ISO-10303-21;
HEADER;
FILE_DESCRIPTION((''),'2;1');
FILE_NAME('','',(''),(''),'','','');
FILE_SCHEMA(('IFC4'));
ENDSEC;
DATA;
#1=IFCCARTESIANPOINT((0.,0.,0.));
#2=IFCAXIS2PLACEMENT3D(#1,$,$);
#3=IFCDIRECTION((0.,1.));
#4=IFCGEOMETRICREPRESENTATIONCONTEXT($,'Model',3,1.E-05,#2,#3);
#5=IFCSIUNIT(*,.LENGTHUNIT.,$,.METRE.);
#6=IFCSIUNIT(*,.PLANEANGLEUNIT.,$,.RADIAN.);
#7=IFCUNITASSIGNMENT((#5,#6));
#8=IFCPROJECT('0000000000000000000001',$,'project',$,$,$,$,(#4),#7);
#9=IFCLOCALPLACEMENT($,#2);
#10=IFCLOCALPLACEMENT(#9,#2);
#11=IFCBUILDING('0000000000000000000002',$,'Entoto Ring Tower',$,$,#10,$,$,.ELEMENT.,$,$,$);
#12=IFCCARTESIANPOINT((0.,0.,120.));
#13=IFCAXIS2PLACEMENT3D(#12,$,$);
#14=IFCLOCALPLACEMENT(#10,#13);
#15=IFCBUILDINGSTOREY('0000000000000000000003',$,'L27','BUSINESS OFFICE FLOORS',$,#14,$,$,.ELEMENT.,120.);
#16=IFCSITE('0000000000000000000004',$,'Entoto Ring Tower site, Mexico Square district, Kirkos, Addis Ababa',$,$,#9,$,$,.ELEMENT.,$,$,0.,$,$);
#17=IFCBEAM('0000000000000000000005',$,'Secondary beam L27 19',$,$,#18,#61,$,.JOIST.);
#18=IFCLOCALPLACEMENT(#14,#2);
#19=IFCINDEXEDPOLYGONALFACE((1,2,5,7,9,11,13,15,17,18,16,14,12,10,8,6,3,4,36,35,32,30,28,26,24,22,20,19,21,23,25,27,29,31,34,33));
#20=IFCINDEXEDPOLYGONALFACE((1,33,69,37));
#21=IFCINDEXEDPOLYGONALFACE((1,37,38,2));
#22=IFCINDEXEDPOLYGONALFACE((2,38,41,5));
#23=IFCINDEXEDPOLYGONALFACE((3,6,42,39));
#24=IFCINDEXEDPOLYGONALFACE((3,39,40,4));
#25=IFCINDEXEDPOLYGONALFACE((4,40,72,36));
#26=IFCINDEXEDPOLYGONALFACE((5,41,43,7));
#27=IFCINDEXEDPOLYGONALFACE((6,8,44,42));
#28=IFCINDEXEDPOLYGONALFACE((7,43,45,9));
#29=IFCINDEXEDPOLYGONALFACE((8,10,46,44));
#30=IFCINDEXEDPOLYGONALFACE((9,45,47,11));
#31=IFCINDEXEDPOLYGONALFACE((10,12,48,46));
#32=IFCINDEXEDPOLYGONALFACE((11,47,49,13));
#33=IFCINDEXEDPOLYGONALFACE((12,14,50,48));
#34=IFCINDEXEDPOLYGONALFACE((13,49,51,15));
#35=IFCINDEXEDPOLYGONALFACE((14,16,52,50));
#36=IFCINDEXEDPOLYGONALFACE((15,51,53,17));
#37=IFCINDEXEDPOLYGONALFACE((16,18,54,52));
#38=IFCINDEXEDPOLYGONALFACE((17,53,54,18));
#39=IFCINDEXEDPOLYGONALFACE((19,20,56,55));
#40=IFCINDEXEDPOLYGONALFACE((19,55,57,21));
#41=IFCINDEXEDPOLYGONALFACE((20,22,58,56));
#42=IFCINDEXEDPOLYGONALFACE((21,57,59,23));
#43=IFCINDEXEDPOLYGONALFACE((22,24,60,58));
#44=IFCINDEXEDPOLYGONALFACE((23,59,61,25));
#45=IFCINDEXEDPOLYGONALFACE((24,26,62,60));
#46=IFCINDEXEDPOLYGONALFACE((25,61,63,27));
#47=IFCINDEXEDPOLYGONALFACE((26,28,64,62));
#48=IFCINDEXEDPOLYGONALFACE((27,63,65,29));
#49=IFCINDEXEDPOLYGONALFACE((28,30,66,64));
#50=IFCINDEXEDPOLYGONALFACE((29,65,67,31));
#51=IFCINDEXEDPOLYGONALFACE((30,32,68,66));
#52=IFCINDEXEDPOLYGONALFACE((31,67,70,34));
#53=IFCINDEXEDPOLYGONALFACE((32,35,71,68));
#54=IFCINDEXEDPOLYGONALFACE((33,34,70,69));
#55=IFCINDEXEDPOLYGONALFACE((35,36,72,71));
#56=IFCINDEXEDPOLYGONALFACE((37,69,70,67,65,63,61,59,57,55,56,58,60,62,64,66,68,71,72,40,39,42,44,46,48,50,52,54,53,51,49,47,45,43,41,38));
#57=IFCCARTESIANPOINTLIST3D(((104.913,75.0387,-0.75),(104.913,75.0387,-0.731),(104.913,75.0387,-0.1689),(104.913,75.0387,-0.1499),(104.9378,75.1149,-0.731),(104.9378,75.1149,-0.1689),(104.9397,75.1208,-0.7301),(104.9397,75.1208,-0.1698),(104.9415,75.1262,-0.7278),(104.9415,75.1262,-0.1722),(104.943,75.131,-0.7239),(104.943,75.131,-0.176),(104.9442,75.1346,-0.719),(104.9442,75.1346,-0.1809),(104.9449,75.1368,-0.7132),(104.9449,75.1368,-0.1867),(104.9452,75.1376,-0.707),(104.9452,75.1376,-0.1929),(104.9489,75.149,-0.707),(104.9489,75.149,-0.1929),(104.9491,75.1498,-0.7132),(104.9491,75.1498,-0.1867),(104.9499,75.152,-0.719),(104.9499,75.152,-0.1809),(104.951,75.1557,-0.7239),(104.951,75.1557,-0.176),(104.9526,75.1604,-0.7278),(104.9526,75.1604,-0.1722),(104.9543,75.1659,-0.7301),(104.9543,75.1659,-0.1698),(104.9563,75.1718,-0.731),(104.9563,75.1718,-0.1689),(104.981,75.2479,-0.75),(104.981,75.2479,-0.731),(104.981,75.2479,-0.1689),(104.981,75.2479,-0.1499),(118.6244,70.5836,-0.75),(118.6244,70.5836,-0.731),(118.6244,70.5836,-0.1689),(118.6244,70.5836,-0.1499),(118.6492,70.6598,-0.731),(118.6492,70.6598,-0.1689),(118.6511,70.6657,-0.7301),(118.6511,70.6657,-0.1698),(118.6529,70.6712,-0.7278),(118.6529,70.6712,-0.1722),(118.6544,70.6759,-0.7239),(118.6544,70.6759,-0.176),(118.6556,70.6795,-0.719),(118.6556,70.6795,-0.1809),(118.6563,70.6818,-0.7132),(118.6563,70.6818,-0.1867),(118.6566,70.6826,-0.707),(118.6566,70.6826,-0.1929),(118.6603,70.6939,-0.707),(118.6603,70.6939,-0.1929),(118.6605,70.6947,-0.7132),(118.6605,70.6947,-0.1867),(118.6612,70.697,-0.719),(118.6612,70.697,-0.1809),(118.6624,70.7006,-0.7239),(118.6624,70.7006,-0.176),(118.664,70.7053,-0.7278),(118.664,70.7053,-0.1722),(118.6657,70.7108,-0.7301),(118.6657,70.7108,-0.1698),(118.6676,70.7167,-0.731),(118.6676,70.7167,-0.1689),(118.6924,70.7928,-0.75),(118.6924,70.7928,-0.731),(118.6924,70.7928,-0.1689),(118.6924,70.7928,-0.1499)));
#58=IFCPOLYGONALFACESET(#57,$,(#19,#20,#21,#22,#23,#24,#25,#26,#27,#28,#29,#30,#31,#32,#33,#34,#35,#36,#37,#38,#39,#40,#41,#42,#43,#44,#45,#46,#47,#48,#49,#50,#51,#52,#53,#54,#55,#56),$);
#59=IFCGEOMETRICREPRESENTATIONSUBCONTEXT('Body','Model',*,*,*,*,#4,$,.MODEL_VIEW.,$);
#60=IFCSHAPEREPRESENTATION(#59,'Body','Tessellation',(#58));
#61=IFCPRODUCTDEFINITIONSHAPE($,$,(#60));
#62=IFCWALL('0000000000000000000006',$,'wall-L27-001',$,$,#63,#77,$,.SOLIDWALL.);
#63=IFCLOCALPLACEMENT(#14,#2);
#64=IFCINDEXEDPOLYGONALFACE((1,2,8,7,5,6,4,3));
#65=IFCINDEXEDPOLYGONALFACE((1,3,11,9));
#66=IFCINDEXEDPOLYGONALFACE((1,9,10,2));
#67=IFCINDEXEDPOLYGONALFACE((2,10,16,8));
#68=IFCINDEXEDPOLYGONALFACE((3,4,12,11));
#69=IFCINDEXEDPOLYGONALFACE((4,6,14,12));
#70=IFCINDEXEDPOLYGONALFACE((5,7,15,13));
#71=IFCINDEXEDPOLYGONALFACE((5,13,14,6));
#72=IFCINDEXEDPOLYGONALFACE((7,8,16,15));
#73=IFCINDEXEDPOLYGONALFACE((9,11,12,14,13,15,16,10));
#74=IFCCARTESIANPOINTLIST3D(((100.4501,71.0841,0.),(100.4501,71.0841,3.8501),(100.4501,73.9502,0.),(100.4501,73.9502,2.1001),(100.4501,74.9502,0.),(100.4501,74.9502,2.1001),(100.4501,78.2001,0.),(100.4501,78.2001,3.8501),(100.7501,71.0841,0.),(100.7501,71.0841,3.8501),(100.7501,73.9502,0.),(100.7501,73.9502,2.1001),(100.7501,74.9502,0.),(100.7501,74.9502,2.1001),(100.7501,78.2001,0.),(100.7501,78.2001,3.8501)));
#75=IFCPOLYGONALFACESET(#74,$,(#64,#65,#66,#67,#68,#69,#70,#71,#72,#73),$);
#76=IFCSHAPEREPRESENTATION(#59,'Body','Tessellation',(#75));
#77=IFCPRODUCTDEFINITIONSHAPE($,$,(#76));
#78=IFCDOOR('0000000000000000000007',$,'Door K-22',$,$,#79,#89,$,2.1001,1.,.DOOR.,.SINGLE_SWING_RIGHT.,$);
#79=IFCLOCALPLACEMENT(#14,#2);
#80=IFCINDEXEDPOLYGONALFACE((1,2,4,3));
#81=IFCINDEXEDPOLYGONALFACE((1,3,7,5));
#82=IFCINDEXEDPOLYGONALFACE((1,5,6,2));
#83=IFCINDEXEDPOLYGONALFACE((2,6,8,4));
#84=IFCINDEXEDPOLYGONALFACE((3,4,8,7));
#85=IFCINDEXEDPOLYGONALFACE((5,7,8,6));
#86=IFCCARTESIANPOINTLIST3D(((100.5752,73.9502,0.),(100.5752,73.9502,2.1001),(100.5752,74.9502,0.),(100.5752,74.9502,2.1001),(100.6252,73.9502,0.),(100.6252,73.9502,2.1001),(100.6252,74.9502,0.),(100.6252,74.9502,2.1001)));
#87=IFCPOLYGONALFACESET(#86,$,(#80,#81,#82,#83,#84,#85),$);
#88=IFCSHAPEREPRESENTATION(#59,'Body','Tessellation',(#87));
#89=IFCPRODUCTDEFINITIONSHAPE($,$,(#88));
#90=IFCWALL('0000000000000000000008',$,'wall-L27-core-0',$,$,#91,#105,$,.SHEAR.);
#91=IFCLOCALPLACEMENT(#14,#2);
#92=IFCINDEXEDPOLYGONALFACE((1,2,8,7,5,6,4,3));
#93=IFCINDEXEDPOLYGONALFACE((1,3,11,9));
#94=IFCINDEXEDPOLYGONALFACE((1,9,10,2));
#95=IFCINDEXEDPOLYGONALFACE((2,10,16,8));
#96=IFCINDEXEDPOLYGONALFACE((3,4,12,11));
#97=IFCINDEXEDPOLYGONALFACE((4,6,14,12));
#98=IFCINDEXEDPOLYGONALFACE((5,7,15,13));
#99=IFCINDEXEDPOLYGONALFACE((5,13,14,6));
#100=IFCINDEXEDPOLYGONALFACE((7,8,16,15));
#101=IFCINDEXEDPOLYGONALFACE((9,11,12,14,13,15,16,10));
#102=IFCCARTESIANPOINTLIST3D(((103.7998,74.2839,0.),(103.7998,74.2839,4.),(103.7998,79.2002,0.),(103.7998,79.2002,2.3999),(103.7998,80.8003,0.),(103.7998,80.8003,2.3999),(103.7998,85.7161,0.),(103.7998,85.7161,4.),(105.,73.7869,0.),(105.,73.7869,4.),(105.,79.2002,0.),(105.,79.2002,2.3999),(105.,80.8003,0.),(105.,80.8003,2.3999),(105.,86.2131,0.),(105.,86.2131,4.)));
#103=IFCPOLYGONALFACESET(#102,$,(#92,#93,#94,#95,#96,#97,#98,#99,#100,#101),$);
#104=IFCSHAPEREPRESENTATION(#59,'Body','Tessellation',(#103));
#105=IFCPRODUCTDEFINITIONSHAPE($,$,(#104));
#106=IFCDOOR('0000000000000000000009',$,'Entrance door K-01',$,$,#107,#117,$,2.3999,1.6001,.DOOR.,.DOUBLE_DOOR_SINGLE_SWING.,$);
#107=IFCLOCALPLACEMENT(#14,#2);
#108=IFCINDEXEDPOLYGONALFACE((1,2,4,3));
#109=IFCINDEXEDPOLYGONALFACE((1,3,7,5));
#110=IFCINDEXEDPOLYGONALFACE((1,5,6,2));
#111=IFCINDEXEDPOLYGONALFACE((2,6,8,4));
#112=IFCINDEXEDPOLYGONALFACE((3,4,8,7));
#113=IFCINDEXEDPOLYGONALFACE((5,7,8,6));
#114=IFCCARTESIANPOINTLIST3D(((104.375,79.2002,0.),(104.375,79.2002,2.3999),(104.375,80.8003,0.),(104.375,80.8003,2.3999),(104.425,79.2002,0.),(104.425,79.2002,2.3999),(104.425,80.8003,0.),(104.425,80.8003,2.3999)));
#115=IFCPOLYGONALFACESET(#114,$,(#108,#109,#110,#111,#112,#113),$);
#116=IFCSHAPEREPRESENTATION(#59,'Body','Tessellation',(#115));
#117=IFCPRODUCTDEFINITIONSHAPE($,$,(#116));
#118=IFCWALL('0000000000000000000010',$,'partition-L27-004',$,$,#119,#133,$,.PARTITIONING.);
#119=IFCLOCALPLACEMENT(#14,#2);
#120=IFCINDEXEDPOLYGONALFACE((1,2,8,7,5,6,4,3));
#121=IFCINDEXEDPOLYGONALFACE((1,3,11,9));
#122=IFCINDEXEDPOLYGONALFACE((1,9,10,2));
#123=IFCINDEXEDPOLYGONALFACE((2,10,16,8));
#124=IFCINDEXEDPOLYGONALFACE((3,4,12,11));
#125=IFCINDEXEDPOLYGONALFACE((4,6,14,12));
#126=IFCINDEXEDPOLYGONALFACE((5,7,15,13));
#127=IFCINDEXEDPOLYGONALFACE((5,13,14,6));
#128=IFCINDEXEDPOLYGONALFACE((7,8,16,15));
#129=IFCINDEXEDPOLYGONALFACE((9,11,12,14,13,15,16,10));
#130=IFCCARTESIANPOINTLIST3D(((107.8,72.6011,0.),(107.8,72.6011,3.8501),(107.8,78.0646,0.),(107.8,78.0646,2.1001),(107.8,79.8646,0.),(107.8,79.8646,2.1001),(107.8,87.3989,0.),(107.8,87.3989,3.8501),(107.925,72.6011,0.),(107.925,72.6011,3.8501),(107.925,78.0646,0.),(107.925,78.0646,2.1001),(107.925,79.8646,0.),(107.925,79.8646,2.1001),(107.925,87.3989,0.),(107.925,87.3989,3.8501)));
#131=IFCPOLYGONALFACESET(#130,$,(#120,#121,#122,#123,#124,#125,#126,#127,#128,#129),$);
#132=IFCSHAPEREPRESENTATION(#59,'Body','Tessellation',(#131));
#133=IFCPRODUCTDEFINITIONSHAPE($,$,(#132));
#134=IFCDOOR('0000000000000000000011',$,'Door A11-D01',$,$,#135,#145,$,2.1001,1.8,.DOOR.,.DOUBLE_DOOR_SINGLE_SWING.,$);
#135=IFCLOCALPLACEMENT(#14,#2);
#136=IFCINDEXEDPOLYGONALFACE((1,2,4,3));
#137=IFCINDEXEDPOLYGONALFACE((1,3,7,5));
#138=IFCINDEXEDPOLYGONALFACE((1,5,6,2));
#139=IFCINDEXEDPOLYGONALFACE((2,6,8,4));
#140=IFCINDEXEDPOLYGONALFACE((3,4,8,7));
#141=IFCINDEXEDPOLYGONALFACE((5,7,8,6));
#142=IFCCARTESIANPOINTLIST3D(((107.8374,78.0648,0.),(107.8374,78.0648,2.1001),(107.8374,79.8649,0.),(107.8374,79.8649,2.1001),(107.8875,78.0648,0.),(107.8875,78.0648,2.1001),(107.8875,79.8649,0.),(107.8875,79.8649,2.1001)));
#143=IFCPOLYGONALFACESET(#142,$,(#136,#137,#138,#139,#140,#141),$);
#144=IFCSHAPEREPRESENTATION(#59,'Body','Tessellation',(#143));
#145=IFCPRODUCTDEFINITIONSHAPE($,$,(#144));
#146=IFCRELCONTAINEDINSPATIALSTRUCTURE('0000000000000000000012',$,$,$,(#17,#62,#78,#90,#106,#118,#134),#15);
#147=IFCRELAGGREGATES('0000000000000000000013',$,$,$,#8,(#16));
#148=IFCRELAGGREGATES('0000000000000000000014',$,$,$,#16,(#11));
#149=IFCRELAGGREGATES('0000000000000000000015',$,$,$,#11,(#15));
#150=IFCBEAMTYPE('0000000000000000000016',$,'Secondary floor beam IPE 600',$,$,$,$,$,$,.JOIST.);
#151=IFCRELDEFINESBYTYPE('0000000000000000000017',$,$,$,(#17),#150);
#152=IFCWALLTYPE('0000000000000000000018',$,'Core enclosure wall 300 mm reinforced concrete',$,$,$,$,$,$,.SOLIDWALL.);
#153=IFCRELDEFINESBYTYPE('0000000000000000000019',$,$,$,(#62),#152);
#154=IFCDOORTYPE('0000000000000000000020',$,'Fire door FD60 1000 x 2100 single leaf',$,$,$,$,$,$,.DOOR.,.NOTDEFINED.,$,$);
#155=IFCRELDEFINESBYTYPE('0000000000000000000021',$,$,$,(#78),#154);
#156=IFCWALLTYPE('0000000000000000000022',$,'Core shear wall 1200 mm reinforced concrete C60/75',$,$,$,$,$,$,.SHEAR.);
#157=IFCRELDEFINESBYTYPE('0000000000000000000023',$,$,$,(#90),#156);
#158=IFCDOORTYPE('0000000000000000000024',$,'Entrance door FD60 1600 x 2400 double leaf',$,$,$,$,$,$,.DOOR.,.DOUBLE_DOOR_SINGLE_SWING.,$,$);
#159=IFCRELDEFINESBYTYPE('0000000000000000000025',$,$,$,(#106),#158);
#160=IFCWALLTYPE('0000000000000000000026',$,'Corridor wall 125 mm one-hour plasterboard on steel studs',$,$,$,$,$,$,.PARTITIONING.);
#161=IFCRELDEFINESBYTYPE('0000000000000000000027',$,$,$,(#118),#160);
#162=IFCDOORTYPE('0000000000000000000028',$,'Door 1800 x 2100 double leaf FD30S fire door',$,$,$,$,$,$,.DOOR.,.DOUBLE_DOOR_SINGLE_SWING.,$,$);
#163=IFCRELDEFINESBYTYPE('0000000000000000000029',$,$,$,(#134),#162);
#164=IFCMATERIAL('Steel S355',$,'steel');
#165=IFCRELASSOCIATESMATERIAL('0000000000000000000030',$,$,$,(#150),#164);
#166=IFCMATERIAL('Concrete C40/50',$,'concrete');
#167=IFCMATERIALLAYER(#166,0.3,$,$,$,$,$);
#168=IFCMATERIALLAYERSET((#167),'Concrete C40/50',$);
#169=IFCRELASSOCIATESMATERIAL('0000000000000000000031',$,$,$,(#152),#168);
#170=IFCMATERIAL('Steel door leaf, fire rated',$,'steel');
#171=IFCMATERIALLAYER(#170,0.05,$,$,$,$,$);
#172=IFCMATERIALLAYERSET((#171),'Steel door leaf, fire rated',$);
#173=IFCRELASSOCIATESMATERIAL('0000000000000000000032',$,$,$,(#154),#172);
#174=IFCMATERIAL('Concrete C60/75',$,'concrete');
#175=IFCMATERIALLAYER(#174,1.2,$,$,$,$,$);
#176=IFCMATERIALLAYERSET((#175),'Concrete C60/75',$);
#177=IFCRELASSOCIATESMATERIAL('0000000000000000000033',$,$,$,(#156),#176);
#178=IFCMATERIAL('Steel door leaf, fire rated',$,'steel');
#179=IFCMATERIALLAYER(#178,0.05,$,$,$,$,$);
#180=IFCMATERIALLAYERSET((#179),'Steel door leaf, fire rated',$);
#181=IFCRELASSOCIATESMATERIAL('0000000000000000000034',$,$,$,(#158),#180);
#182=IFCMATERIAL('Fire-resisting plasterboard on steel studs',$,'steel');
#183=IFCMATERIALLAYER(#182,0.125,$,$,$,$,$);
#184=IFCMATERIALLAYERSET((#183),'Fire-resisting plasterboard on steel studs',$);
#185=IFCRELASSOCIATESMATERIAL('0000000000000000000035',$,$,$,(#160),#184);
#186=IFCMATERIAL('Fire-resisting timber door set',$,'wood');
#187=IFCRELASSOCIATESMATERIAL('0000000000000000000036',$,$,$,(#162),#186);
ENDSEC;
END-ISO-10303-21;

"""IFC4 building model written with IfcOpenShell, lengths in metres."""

from ifc_helpers import new_model, si_unit, direction, frame, frame_2d, origin, origin_2d, place, context, subcontext, project, spatial, polyline, rectangle, i_section, outline, extrude, material, layer, layer_set, material_profile, profile_set, type_object, element, fill, save


model = new_model("IFC4")

# Units and contexts
model_context = context("Model", 3, precision=1e-05, world=origin(), true_north=direction((0.0, 1.0)))
body_context = subcontext(model_context, "Body", "Model", "MODEL_VIEW")
ifc_project = project(units=[si_unit("LENGTHUNIT", "METRE"), si_unit("PLANEANGLEUNIT", "RADIAN")], contexts=[model_context])

# Site, building, storey
site_placement = place(None, origin())
site = spatial("IfcSite", under=ifc_project, at=site_placement, Name="Entoto Ring Tower site, Mexico Square district, Kirkos, Addis Ababa", CompositionType="ELEMENT", RefElevation=0.0)
building_placement = place(site_placement, origin())
building = spatial("IfcBuilding", under=site, at=building_placement, Name="Entoto Ring Tower", CompositionType="ELEMENT")
storey_placement = place(building_placement, frame((0.0, 0.0, 120.0)))
storey = spatial("IfcBuildingStorey", under=building, at=storey_placement, Name="L27", Description="BUSINESS OFFICE FLOORS", CompositionType="ELEMENT", Elevation=120.0)

# Beam
ifc_material_1 = material(Name="Steel S355", Category="steel")
ifc_material_profile_1 = material_profile(ifc_material_1, i_section(OverallWidth=0.22, OverallDepth=0.6001, WebThickness=0.012, FlangeThickness=0.019, FilletRadius=0.0239, at=origin_2d()), Name="IPE 600")
ifc_profile_set_1 = profile_set([ifc_material_profile_1], Name="Steel S355")
beam_type_1 = type_object("IfcBeamType", Name="Secondary floor beam IPE 600", PredefinedType="JOIST", material=ifc_profile_set_1)
beam_1_placement = place(storey_placement, frame((104.947, 75.1433, -0.45), z_axis=(0.951057, -0.309015, 0.0), x_axis=(0.309015, 0.951057, 0.0)))
element("IfcBeam", 1, at=beam_1_placement, inside=storey, type_object=beam_type_1, Name="Secondary beam L27 19", PredefinedType="JOIST", context=body_context, shape_type="SweptSolid", body=[
    extrude(i_section(OverallWidth=0.22, OverallDepth=0.6001, WebThickness=0.012, FlangeThickness=0.019, FilletRadius=0.0239, at=origin_2d()), origin(), (0.0, 0.0, 1.0), 14.417),
])

# Walls, openings, doors
ifc_material_2 = material(Name="Concrete C40/50", Category="concrete")
ifc_layer_1 = layer(ifc_material_2, 0.3)
ifc_layer_set_1 = layer_set([ifc_layer_1], Name="Concrete C40/50")
wall_type_1 = type_object("IfcWallType", Name="Core enclosure wall 300 mm reinforced concrete", PredefinedType="SOLIDWALL", material=ifc_layer_set_1)
wall_1_placement = place(storey_placement, frame((100.6001, 71.084, 0.0), z_axis=(0.0, 0.0, 1.0), x_axis=(0.0, 1.0, 0.0)))
wall_1 = element("IfcWall", 2, at=wall_1_placement, inside=storey, type_object=wall_type_1, Name="wall-L27-001", PredefinedType="SOLIDWALL", context=body_context, shape_type="SweptSolid", body=[
    extrude(rectangle(XDim=7.116, YDim=0.3, at=frame_2d((3.5581, 0.0))), origin(), (0.0, 0.0, 1.0), 3.8501),
])
opening_1_placement = place(wall_1_placement, frame((2.8662, 0.0, 0.0)))
opening_1 = element("IfcOpeningElement", 3, at=opening_1_placement, cuts=wall_1, PredefinedType="OPENING", context=body_context, shape_type="SweptSolid", body=[
    extrude(rectangle(XDim=1.0, YDim=2.1001, at=frame_2d((0.5, 1.05))), frame((0.0, 0.1602, 0.0), z_axis=(0.0, -1.0, 0.0), x_axis=(1.0, 0.0, 0.0)), (0.0, 0.0, 1.0), 0.3201),
])
ifc_material_3 = material(Name="Steel door leaf, fire rated", Category="steel")
ifc_layer_2 = layer(ifc_material_3, 0.05)
ifc_layer_set_2 = layer_set([ifc_layer_2], Name="Steel door leaf, fire rated")
door_type_1 = type_object("IfcDoorType", Name="Fire door FD60 1000 x 2100 single leaf", OperationType="NOTDEFINED", PredefinedType="DOOR", material=ifc_layer_set_2)
door_1_placement = place(opening_1_placement, origin())
door_1 = element("IfcDoor", 4, at=door_1_placement, inside=storey, type_object=door_type_1, Name="Door K-22", OperationType="SINGLE_SWING_RIGHT", OverallHeight=2.1001, OverallWidth=1.0, PredefinedType="DOOR", context=body_context, shape_type="SweptSolid", body=[
    extrude(rectangle(XDim=1.0, YDim=2.1001, at=frame_2d((0.5, 1.05))), frame((0.0, 0.0249, 0.0), z_axis=(0.0, -1.0, 0.0), x_axis=(1.0, 0.0, 0.0)), (0.0, 0.0, 1.0), 0.05),
])
fill(opening_1, door_1)
ifc_material_4 = material(Name="Concrete C60/75", Category="concrete")
ifc_layer_3 = layer(ifc_material_4, 1.2)
ifc_layer_set_3 = layer_set([ifc_layer_3], Name="Concrete C60/75")
wall_type_2 = type_object("IfcWallType", Name="Core shear wall 1200 mm reinforced concrete C60/75", PredefinedType="SHEAR", material=ifc_layer_set_3)
wall_2_placement = place(storey_placement, frame((104.3999, 74.0354, 0.0), z_axis=(0.0, 0.0, 1.0), x_axis=(0.0, 1.0, 0.0)))
wall_2 = element("IfcWall", 5, at=wall_2_placement, inside=storey, type_object=wall_type_2, Name="wall-L27-core-0", PredefinedType="SHEAR", context=body_context, shape_type="SweptSolid", body=[
    extrude(outline(polyline([(-0.2485, -0.6001), (12.1777, -0.6001), (11.6807, 0.6001), (0.2485, 0.6001), (-0.2485, -0.6001)])), origin(), (0.0, 0.0, 1.0), 4.0),
])
opening_2_placement = place(wall_2_placement, frame((5.1648, 0.0, 0.0)))
opening_2 = element("IfcOpeningElement", 6, at=opening_2_placement, cuts=wall_2, PredefinedType="OPENING", context=body_context, shape_type="SweptSolid", body=[
    extrude(rectangle(XDim=1.6001, YDim=2.3999, at=frame_2d((0.8, 1.2))), frame((0.0, 0.6099, 0.0), z_axis=(0.0, -1.0, 0.0), x_axis=(1.0, 0.0, 0.0)), (0.0, 0.0, 1.0), 1.22),
])
ifc_material_5 = material(Name="Steel door leaf, fire rated", Category="steel")
ifc_layer_4 = layer(ifc_material_5, 0.05)
ifc_layer_set_4 = layer_set([ifc_layer_4], Name="Steel door leaf, fire rated")
door_type_2 = type_object("IfcDoorType", Name="Entrance door FD60 1600 x 2400 double leaf", OperationType="DOUBLE_DOOR_SINGLE_SWING", PredefinedType="DOOR", material=ifc_layer_set_4)
door_2_placement = place(opening_2_placement, origin())
door_2 = element("IfcDoor", 7, at=door_2_placement, inside=storey, type_object=door_type_2, Name="Entrance door K-01", OperationType="DOUBLE_DOOR_SINGLE_SWING", OverallHeight=2.3999, OverallWidth=1.6001, PredefinedType="DOOR", context=body_context, shape_type="SweptSolid", body=[
    extrude(rectangle(XDim=1.6001, YDim=2.3999, at=frame_2d((0.8, 1.2))), frame((0.0, 0.0249, 0.0), z_axis=(0.0, -1.0, 0.0), x_axis=(1.0, 0.0, 0.0)), (0.0, 0.0, 1.0), 0.05),
])
fill(opening_2, door_2)
ifc_material_6 = material(Name="Fire-resisting plasterboard on steel studs", Category="steel")
ifc_layer_5 = layer(ifc_material_6, 0.125)
ifc_layer_set_5 = layer_set([ifc_layer_5], Name="Fire-resisting plasterboard on steel studs")
wall_type_3 = type_object("IfcWallType", Name="Corridor wall 125 mm one-hour plasterboard on steel studs", PredefinedType="PARTITIONING", material=ifc_layer_set_5)
wall_3_placement = place(storey_placement, frame((107.8625, 72.6011, 0.0), z_axis=(0.0, 0.0, 1.0), x_axis=(0.0, 1.0, 0.0)))
wall_3 = element("IfcWall", 8, at=wall_3_placement, inside=storey, type_object=wall_type_3, Name="partition-L27-004", PredefinedType="PARTITIONING", context=body_context, shape_type="SweptSolid", body=[
    extrude(rectangle(XDim=14.7979, YDim=0.125, at=frame_2d((7.3989, 0.0))), origin(), (0.0, 0.0, 1.0), 3.8501),
])
opening_3_placement = place(wall_3_placement, frame((5.4636, 0.0, 0.0)))
opening_3 = element("IfcOpeningElement", 9, at=opening_3_placement, cuts=wall_3, PredefinedType="OPENING", context=body_context, shape_type="SweptSolid", body=[
    extrude(rectangle(XDim=1.8, YDim=2.1001, at=frame_2d((0.8999, 1.05))), frame((0.0, 0.0725, 0.0), z_axis=(0.0, -1.0, 0.0), x_axis=(1.0, 0.0, 0.0)), (0.0, 0.0, 1.0), 0.145),
])
ifc_material_7 = material(Name="Fire-resisting timber door set", Category="wood")
door_type_3 = type_object("IfcDoorType", Name="Door 1800 x 2100 double leaf FD30S fire door", OperationType="DOUBLE_DOOR_SINGLE_SWING", PredefinedType="DOOR", material=ifc_material_7)
door_3_placement = place(opening_3_placement, frame((1.8, 0.0, 0.0), z_axis=(0.0, 0.0, 1.0), x_axis=(-1.0, 0.0, 0.0)))
door_3 = element("IfcDoor", 10, at=door_3_placement, inside=storey, type_object=door_type_3, Name="Door A11-D01", OperationType="DOUBLE_DOOR_SINGLE_SWING", OverallHeight=2.1001, OverallWidth=1.8, PredefinedType="DOOR", context=body_context, shape_type="SweptSolid", body=[
    extrude(rectangle(XDim=1.8, YDim=2.1001, at=frame_2d((0.8999, 1.05))), frame((0.0, 0.0249, 0.0), z_axis=(0.0, -1.0, 0.0), x_axis=(1.0, 0.0, 0.0)), (0.0, 0.0, 1.0), 0.05),
])
fill(opening_3, door_3)

save(model, "model.ifc")
